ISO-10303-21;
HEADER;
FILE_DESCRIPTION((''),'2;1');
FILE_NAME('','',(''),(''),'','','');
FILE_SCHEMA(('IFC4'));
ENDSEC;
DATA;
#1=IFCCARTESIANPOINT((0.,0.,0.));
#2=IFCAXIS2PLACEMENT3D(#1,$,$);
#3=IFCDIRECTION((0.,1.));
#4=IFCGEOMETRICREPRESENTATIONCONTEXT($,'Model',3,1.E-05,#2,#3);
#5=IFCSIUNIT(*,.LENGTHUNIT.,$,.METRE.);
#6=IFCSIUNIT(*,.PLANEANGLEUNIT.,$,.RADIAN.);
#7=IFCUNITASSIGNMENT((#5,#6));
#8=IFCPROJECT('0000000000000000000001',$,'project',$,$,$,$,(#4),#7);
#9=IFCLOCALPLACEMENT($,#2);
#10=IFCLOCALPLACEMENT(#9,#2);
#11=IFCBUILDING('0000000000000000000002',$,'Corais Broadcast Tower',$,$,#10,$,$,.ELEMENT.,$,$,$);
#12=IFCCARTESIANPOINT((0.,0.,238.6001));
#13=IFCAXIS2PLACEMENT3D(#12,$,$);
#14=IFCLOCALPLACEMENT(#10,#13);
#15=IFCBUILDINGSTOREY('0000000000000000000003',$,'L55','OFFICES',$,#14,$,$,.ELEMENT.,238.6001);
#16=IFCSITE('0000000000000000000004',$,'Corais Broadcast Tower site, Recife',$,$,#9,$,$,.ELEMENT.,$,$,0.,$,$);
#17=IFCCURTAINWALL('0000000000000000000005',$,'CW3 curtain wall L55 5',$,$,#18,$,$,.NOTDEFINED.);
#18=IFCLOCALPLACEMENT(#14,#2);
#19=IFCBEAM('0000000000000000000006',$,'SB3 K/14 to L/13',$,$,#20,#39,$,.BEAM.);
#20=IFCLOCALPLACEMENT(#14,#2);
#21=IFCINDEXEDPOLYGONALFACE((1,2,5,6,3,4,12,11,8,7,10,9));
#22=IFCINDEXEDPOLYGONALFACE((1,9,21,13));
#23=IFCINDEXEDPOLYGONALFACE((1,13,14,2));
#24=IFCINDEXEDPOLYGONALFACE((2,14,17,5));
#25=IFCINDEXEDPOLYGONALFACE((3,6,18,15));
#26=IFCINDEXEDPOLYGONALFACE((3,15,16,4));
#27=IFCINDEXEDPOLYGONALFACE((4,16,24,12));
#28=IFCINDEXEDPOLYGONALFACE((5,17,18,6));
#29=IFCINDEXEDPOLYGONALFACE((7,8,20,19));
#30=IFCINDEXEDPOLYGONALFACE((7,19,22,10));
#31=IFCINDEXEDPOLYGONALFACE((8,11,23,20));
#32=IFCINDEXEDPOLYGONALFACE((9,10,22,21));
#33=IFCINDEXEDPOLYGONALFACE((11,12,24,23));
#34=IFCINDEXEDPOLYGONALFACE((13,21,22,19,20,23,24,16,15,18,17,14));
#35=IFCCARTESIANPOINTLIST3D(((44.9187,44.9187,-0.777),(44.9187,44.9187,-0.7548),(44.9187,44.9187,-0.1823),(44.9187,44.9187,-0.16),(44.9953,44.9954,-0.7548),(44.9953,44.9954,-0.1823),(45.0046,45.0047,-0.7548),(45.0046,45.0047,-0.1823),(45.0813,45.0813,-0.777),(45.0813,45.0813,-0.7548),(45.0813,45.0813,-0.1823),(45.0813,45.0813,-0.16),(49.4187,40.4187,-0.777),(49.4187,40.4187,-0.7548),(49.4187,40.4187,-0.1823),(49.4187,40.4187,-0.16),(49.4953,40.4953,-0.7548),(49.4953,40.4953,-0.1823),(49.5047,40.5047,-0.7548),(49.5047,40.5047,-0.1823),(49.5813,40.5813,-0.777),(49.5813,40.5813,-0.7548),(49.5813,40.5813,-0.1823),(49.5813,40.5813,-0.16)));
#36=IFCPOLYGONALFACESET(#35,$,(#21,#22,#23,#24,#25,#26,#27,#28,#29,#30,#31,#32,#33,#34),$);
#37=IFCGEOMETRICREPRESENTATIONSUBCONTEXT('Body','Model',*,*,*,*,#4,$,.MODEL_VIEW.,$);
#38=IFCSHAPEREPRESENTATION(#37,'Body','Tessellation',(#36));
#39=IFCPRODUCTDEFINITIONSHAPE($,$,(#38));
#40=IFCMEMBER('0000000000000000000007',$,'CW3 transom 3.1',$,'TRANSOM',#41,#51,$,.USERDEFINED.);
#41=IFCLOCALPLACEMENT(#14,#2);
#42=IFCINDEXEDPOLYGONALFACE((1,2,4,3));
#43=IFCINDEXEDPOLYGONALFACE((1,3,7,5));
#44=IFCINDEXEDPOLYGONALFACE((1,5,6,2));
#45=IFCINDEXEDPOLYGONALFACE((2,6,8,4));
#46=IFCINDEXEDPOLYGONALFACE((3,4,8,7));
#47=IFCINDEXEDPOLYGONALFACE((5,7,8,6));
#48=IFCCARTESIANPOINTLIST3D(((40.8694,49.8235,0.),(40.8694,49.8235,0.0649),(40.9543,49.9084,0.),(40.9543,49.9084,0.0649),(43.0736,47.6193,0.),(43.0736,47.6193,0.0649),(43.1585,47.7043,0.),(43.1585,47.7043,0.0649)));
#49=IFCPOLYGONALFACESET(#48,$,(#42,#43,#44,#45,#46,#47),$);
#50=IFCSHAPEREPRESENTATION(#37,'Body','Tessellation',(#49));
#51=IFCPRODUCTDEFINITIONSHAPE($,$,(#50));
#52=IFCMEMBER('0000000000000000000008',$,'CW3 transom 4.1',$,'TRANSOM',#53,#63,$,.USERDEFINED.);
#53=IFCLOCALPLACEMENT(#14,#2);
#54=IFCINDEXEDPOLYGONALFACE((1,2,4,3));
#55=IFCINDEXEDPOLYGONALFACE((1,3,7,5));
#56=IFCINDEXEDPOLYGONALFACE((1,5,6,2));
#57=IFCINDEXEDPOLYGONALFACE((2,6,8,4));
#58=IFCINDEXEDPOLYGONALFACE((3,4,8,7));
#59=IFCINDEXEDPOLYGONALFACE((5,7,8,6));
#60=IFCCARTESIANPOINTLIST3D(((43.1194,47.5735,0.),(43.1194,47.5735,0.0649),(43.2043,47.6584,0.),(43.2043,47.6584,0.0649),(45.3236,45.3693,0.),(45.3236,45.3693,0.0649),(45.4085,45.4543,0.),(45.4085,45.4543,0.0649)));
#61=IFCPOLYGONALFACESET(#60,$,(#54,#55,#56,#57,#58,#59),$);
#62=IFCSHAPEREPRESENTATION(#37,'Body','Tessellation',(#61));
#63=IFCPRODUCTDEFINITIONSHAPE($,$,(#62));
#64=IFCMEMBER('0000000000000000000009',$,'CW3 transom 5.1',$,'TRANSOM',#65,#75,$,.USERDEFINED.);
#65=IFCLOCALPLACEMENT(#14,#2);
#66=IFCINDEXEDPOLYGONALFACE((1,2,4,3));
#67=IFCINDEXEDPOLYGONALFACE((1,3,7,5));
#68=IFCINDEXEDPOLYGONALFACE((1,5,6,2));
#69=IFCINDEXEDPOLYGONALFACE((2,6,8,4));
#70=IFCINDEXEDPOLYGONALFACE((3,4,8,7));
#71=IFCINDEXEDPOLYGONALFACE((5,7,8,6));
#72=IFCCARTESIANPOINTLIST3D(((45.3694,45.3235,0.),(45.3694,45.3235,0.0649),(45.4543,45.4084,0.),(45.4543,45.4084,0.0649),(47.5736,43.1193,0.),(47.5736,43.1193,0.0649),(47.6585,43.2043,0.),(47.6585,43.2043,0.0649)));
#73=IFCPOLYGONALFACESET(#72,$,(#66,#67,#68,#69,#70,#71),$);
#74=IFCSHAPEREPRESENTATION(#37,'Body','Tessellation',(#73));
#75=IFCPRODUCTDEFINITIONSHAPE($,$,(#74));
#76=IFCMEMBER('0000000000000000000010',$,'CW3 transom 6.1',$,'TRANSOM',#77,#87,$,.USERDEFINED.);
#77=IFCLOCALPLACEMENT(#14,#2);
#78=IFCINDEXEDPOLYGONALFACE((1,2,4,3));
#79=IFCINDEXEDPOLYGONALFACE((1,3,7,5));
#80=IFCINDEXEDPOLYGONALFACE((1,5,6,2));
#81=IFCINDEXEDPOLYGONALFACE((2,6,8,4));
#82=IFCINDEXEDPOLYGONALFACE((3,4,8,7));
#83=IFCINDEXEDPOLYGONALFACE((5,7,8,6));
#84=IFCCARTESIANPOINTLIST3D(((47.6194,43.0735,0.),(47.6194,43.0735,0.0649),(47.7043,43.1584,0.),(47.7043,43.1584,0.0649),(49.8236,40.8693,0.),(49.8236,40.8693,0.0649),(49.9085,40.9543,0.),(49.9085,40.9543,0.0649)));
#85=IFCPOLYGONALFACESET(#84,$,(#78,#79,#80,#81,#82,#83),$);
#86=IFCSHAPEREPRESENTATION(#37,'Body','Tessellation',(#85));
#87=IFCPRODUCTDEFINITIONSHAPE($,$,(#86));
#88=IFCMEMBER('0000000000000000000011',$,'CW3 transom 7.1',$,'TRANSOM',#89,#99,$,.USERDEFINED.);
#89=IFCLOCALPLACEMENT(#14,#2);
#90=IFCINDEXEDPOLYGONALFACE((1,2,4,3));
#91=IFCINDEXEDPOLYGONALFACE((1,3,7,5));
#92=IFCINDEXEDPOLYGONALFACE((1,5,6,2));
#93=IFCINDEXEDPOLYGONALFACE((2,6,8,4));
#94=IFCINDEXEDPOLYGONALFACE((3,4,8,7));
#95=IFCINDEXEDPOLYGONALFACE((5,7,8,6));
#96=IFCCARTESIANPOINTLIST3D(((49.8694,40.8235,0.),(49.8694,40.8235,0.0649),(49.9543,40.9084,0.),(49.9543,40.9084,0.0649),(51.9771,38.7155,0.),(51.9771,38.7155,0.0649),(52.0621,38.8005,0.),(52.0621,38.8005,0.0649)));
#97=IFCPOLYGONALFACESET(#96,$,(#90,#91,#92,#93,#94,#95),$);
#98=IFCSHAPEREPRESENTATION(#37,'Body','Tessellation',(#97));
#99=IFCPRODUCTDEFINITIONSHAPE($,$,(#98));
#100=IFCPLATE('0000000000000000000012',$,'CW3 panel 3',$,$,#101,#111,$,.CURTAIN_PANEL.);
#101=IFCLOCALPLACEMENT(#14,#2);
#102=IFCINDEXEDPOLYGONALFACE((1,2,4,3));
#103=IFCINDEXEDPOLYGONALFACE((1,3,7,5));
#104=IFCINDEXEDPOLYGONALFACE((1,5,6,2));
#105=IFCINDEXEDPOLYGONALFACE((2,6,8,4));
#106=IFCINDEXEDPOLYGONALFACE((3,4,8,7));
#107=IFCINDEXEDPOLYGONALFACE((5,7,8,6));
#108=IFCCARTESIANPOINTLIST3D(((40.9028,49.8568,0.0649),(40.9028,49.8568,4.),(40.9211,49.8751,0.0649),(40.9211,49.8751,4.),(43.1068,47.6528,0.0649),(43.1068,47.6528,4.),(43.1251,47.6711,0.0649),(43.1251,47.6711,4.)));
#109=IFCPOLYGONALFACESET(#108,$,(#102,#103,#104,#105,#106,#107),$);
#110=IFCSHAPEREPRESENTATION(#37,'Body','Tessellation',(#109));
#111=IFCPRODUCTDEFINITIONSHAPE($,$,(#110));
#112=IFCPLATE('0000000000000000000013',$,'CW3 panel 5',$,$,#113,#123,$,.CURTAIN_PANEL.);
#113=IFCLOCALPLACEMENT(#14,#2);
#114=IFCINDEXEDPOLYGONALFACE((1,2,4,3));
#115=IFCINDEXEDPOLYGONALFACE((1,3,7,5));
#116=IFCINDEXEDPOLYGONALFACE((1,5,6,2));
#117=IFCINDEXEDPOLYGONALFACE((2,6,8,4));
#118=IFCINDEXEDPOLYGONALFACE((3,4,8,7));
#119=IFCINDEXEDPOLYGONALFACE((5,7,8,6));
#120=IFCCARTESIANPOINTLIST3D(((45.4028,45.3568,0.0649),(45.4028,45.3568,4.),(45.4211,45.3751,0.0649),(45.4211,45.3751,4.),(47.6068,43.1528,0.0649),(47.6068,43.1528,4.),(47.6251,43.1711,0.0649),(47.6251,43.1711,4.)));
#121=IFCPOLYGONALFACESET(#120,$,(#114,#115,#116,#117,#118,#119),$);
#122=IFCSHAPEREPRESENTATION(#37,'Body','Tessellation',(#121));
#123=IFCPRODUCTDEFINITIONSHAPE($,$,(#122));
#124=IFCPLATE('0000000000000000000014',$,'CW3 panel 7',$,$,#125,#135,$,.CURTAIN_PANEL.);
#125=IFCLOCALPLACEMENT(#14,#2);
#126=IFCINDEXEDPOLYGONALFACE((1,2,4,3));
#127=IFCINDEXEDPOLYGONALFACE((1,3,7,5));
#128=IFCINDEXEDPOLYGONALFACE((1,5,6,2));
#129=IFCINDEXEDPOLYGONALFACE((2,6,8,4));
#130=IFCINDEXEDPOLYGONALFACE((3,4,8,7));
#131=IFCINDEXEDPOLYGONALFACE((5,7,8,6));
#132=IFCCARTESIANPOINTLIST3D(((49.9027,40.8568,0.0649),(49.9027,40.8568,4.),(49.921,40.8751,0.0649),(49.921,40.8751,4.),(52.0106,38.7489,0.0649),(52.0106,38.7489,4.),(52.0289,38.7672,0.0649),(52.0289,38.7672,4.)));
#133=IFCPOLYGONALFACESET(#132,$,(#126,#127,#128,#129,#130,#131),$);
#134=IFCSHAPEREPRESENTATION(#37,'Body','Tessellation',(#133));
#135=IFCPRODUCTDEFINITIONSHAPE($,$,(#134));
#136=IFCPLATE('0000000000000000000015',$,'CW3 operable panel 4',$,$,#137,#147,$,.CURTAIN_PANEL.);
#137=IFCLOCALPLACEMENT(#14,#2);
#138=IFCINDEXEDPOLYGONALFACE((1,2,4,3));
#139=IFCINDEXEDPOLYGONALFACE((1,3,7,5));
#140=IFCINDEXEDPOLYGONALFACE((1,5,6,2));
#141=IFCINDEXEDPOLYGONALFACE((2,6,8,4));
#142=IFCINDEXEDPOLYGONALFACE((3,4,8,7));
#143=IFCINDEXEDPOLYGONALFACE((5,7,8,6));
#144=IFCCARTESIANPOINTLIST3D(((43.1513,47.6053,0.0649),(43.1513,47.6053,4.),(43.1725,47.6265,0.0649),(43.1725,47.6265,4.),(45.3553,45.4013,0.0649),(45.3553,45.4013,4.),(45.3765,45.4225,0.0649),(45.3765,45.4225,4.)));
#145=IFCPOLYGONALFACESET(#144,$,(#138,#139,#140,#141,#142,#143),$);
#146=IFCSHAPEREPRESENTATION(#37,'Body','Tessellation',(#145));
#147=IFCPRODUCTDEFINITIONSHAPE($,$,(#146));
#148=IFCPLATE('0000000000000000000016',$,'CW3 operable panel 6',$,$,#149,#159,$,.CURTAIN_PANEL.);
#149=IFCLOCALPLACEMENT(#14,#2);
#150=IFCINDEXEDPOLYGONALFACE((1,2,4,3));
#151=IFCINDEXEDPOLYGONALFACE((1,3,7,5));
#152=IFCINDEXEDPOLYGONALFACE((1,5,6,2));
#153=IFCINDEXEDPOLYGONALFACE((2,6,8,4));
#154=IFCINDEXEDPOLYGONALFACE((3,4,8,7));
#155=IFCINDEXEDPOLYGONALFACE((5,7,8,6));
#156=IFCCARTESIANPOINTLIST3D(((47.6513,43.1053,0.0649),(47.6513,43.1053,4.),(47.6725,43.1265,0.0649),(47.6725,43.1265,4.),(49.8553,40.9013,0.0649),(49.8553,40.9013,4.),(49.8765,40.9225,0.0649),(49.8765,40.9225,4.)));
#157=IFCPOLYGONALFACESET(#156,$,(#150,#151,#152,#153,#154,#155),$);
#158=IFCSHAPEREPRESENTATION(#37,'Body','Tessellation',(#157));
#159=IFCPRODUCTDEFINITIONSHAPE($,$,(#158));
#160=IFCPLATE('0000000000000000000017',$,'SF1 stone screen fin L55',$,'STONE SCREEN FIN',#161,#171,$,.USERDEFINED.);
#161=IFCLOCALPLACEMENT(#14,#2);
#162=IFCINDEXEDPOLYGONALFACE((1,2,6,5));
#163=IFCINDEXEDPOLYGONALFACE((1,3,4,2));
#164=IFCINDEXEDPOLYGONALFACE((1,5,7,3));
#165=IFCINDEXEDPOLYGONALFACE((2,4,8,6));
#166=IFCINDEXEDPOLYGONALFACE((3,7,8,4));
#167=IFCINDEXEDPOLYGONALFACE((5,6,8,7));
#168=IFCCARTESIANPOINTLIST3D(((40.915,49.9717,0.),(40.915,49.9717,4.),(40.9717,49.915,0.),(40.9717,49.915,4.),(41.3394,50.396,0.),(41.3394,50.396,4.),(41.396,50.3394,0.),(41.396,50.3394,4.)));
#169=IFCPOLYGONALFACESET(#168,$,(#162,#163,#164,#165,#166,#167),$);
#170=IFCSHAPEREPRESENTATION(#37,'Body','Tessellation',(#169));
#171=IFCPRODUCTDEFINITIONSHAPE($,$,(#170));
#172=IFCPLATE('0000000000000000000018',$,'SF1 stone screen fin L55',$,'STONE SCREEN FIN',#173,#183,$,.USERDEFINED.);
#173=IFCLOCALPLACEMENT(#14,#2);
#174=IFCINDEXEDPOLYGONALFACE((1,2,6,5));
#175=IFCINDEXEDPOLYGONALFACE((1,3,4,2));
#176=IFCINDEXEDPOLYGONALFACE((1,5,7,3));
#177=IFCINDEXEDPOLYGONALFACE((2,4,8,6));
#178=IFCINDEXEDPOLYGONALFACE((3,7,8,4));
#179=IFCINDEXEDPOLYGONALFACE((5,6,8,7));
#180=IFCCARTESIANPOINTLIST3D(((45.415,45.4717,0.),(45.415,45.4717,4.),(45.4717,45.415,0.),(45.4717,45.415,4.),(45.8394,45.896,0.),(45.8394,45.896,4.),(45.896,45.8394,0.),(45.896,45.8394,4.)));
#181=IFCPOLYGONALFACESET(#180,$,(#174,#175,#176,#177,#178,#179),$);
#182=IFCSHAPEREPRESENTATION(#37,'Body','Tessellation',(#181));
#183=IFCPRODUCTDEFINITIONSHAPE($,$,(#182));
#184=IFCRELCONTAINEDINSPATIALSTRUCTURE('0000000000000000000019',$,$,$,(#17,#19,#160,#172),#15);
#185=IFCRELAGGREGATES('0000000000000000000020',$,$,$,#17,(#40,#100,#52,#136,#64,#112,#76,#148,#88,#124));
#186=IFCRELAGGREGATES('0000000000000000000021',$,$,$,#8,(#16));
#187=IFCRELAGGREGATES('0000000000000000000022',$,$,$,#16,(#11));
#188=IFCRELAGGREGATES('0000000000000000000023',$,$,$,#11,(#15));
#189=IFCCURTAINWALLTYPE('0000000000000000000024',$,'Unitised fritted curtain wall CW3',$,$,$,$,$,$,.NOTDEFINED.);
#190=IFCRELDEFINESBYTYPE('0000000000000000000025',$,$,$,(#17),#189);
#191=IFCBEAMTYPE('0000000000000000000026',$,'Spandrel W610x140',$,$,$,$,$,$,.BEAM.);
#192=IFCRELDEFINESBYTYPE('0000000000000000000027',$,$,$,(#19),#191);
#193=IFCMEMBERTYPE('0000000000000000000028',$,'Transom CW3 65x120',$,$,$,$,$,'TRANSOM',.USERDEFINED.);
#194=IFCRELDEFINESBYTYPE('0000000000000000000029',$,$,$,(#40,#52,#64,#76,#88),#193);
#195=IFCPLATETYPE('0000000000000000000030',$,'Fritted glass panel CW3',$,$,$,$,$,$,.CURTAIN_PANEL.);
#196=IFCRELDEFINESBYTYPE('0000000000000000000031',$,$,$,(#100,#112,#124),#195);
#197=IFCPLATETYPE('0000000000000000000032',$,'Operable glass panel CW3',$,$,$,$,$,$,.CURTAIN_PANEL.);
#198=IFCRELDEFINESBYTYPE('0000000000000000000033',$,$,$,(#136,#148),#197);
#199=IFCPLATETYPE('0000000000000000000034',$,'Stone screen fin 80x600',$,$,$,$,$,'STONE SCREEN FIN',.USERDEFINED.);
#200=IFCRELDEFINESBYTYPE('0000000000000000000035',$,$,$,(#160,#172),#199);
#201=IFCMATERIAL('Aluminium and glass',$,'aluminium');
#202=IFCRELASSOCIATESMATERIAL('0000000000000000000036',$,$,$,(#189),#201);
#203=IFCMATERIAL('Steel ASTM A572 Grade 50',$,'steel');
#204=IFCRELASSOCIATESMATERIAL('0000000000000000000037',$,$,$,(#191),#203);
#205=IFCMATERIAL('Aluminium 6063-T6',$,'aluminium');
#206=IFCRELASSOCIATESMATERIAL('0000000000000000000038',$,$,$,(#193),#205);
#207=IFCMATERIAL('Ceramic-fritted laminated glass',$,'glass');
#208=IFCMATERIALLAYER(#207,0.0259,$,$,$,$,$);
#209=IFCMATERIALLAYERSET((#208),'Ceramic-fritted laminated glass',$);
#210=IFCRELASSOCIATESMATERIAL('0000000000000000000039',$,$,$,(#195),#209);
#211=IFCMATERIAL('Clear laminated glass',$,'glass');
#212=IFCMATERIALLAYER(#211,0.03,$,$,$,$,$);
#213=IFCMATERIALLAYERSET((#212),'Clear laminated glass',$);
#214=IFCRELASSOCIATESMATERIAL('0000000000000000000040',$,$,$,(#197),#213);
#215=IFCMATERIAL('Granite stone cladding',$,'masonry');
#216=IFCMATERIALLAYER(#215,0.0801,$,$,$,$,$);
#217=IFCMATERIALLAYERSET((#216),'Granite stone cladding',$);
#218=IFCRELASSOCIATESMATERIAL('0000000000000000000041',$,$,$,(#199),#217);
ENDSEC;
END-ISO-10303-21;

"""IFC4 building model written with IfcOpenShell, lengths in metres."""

from ifc_helpers import new_model, si_unit, direction, frame, origin, origin_2d, place, context, subcontext, project, spatial, rectangle, i_section, extrude, material, layer, layer_set, material_profile, profile_set, type_object, element, aggregate, save


model = new_model("IFC4")

# Units and contexts
model_context = context("Model", 3, precision=1e-05, world=origin(), true_north=direction((0.0, 1.0)))
body_context = subcontext(model_context, "Body", "Model", "MODEL_VIEW")
ifc_project = project(units=[si_unit("LENGTHUNIT", "METRE"), si_unit("PLANEANGLEUNIT", "RADIAN")], contexts=[model_context])

# Site, building, storey
site_placement = place(None, origin())
site = spatial("IfcSite", under=ifc_project, at=site_placement, Name="Corais Broadcast Tower site, Recife", CompositionType="ELEMENT", RefElevation=0.0)
building_placement = place(site_placement, origin())
building = spatial("IfcBuilding", under=site, at=building_placement, Name="Corais Broadcast Tower", CompositionType="ELEMENT")
storey_placement = place(building_placement, frame((0.0, 0.0, 238.6001)))
storey = spatial("IfcBuildingStorey", under=building, at=storey_placement, Name="L55", Description="OFFICES", CompositionType="ELEMENT", Elevation=238.6001)

# Curtain wall
ifc_material_1 = material(Name="Aluminium and glass", Category="aluminium")
curtain_wall_type = type_object("IfcCurtainWallType", Name="Unitised fritted curtain wall CW3", PredefinedType="NOTDEFINED", material=ifc_material_1)
curtain_wall_placement = place(storey_placement, origin())
curtain_wall = element("IfcCurtainWall", 1, at=curtain_wall_placement, inside=storey, type_object=curtain_wall_type, Name="CW3 curtain wall L55 5", PredefinedType="NOTDEFINED")

# Beam
ifc_material_2 = material(Name="Steel ASTM A572 Grade 50", Category="steel")
ifc_material_profile_1 = material_profile(ifc_material_2, i_section(OverallWidth=0.23, OverallDepth=0.6169, WebThickness=0.0132, FlangeThickness=0.0222, at=origin_2d()), Name="W610x140")
ifc_profile_set_1 = profile_set([ifc_material_profile_1], Name="Steel ASTM A572 Grade 50")
beam_type_1 = type_object("IfcBeamType", Name="Spandrel W610x140", PredefinedType="BEAM", material=ifc_profile_set_1)
for number, where, z_axis, x_axis, name in (
    (2, (49.5, 40.5, -0.4685), (-0.707107, 0.707107, 0.0), (-0.707107, -0.707107, 0.0), "SB3 K/14 to L/13"),
):
    element("IfcBeam", number, at=place(storey_placement, frame(where, z_axis=z_axis, x_axis=x_axis)), inside=storey, type_object=beam_type_1, Name=name, PredefinedType="BEAM", context=body_context, shape_type="SweptSolid", body=[
        extrude(i_section(OverallWidth=0.23, OverallDepth=0.6169, WebThickness=0.0132, FlangeThickness=0.0222, at=origin_2d()), origin(), (0.0, 0.0, 1.0), 6.364),
    ])

# Members
ifc_material_3 = material(Name="Aluminium 6063-T6", Category="aluminium")
ifc_material_profile_2 = material_profile(ifc_material_3, rectangle(XDim=0.1201, YDim=0.0649, at=origin_2d()), Name="Transom CW3 65x120")
ifc_profile_set_2 = profile_set([ifc_material_profile_2], Name="Aluminium 6063-T6")
member_type_1 = type_object("IfcMemberType", Name="Transom CW3 65x120", ElementType="TRANSOM", PredefinedType="USERDEFINED", material=ifc_profile_set_2)
member_1_placement = place(storey_placement, frame((40.9119, 49.866, 0.0325), z_axis=(0.707107, -0.707107, 0.0), x_axis=(0.707107, 0.707107, 0.0)))
member_1 = element("IfcMember", 3, at=member_1_placement, type_object=member_type_1, Name="CW3 transom 3.1", ObjectType="TRANSOM", PredefinedType="USERDEFINED", context=body_context, shape_type="SweptSolid", body=[
    extrude(rectangle(XDim=0.1201, YDim=0.0649, at=origin_2d()), origin(), (0.0, 0.0, 1.0), 3.1172),
])
member_2_placement = place(storey_placement, frame((43.1619, 47.616, 0.0325), z_axis=(0.707107, -0.707107, 0.0), x_axis=(0.707107, 0.707107, 0.0)))
member_2 = element("IfcMember", 4, at=member_2_placement, type_object=member_type_1, Name="CW3 transom 4.1", ObjectType="TRANSOM", PredefinedType="USERDEFINED", context=body_context, shape_type="SweptSolid", body=[
    extrude(rectangle(XDim=0.1201, YDim=0.0649, at=origin_2d()), origin(), (0.0, 0.0, 1.0), 3.1172),
])
member_3_placement = place(storey_placement, frame((45.4119, 45.366, 0.0325), z_axis=(0.707107, -0.707107, 0.0), x_axis=(0.707107, 0.707107, 0.0)))
member_3 = element("IfcMember", 5, at=member_3_placement, type_object=member_type_1, Name="CW3 transom 5.1", ObjectType="TRANSOM", PredefinedType="USERDEFINED", context=body_context, shape_type="SweptSolid", body=[
    extrude(rectangle(XDim=0.1201, YDim=0.0649, at=origin_2d()), origin(), (0.0, 0.0, 1.0), 3.1172),
])
member_4_placement = place(storey_placement, frame((47.6619, 43.116, 0.0325), z_axis=(0.707107, -0.707107, 0.0), x_axis=(0.707107, 0.707107, 0.0)))
member_4 = element("IfcMember", 6, at=member_4_placement, type_object=member_type_1, Name="CW3 transom 6.1", ObjectType="TRANSOM", PredefinedType="USERDEFINED", context=body_context, shape_type="SweptSolid", body=[
    extrude(rectangle(XDim=0.1201, YDim=0.0649, at=origin_2d()), origin(), (0.0, 0.0, 1.0), 3.1172),
])
member_5_placement = place(storey_placement, frame((49.9119, 40.866, 0.0325), z_axis=(0.707066, -0.707148, 0.0), x_axis=(0.707148, 0.707066, 0.0)))
member_5 = element("IfcMember", 7, at=member_5_placement, type_object=member_type_1, Name="CW3 transom 7.1", ObjectType="TRANSOM", PredefinedType="USERDEFINED", context=body_context, shape_type="SweptSolid", body=[
    extrude(rectangle(XDim=0.1201, YDim=0.0649, at=origin_2d()), origin(), (0.0, 0.0, 1.0), 2.981),
])

# Plates
ifc_material_4 = material(Name="Ceramic-fritted laminated glass", Category="glass")
ifc_layer_1 = layer(ifc_material_4, 0.0259)
ifc_layer_set_1 = layer_set([ifc_layer_1], Name="Ceramic-fritted laminated glass")
plate_type_1 = type_object("IfcPlateType", Name="Fritted glass panel CW3", PredefinedType="CURTAIN_PANEL", material=ifc_layer_set_1)
plate_1_placement = place(storey_placement, frame((42.0139, 48.7639, 0.0649), z_axis=(0.0, 0.0, 1.0), x_axis=(0.707107, -0.707107, 0.0)))
plate_1 = element("IfcPlate", 8, at=plate_1_placement, type_object=plate_type_1, Name="CW3 panel 3", PredefinedType="CURTAIN_PANEL", context=body_context, shape_type="SweptSolid", body=[
    extrude(rectangle(XDim=3.1169, YDim=0.0259, at=origin_2d()), origin(), (0.0, 0.0, 1.0), 3.9351),
])
plate_2_placement = place(storey_placement, frame((46.5139, 44.2639, 0.0649), z_axis=(0.0, 0.0, 1.0), x_axis=(0.707107, -0.707107, 0.0)))
plate_2 = element("IfcPlate", 9, at=plate_2_placement, type_object=plate_type_1, Name="CW3 panel 5", PredefinedType="CURTAIN_PANEL", context=body_context, shape_type="SweptSolid", body=[
    extrude(rectangle(XDim=3.1169, YDim=0.0259, at=origin_2d()), origin(), (0.0, 0.0, 1.0), 3.9351),
])
plate_3_placement = place(storey_placement, frame((50.9658, 39.812, 0.0649), z_axis=(0.0, 0.0, 1.0), x_axis=(0.707107, -0.707107, 0.0)))
plate_3 = element("IfcPlate", 10, at=plate_3_placement, type_object=plate_type_1, Name="CW3 panel 7", PredefinedType="CURTAIN_PANEL", context=body_context, shape_type="SweptSolid", body=[
    extrude(rectangle(XDim=2.981, YDim=0.0259, at=origin_2d()), origin(), (0.0, 0.0, 1.0), 3.9351),
])
ifc_material_5 = material(Name="Clear laminated glass", Category="glass")
ifc_layer_2 = layer(ifc_material_5, 0.03)
ifc_layer_set_2 = layer_set([ifc_layer_2], Name="Clear laminated glass")
plate_type_2 = type_object("IfcPlateType", Name="Operable glass panel CW3", PredefinedType="CURTAIN_PANEL", material=ifc_layer_set_2)
plate_4_placement = place(storey_placement, frame((44.2639, 46.5139, 0.0649), z_axis=(0.0, 0.0, 1.0), x_axis=(0.707107, -0.707107, 0.0)))
plate_4 = element("IfcPlate", 11, at=plate_4_placement, type_object=plate_type_2, Name="CW3 operable panel 4", PredefinedType="CURTAIN_PANEL", context=body_context, shape_type="SweptSolid", body=[
    extrude(rectangle(XDim=3.1169, YDim=0.03, at=origin_2d()), origin(), (0.0, 0.0, 1.0), 3.9351),
])
plate_5_placement = place(storey_placement, frame((48.7639, 42.0139, 0.0649), z_axis=(0.0, 0.0, 1.0), x_axis=(0.707107, -0.707107, 0.0)))
plate_5 = element("IfcPlate", 12, at=plate_5_placement, type_object=plate_type_2, Name="CW3 operable panel 6", PredefinedType="CURTAIN_PANEL", context=body_context, shape_type="SweptSolid", body=[
    extrude(rectangle(XDim=3.1169, YDim=0.03, at=origin_2d()), origin(), (0.0, 0.0, 1.0), 3.9351),
])
aggregate(curtain_wall, [member_1, plate_1, member_2, plate_4, member_3, plate_2, member_4, plate_5, member_5, plate_3])

# Plates
ifc_material_6 = material(Name="Granite stone cladding", Category="masonry")
ifc_layer_3 = layer(ifc_material_6, 0.0801)
ifc_layer_set_3 = layer_set([ifc_layer_3], Name="Granite stone cladding")
plate_type_3 = type_object("IfcPlateType", Name="Stone screen fin 80x600", ElementType="STONE SCREEN FIN", PredefinedType="USERDEFINED", material=ifc_layer_set_3)
for number, where, z_axis, x_axis, name in (
    (13, (41.1555, 50.1555, 0.0), (0.0, 0.0, 1.0), (0.707107, -0.707107, 0.0), "SF1 stone screen fin L55"),
    (14, (45.6555, 45.6555, 0.0), (0.0, 0.0, 1.0), (0.707107, -0.707107, 0.0), "SF1 stone screen fin L55"),
):
    element("IfcPlate", number, at=place(storey_placement, frame(where, z_axis=z_axis, x_axis=x_axis)), inside=storey, type_object=plate_type_3, Name=name, ObjectType="STONE SCREEN FIN", PredefinedType="USERDEFINED", context=body_context, shape_type="SweptSolid", body=[
        extrude(rectangle(XDim=0.0801, YDim=0.6001, at=origin_2d()), origin(), (0.0, 0.0, 1.0), 4.0),
    ])

save(model, "model.ifc")
